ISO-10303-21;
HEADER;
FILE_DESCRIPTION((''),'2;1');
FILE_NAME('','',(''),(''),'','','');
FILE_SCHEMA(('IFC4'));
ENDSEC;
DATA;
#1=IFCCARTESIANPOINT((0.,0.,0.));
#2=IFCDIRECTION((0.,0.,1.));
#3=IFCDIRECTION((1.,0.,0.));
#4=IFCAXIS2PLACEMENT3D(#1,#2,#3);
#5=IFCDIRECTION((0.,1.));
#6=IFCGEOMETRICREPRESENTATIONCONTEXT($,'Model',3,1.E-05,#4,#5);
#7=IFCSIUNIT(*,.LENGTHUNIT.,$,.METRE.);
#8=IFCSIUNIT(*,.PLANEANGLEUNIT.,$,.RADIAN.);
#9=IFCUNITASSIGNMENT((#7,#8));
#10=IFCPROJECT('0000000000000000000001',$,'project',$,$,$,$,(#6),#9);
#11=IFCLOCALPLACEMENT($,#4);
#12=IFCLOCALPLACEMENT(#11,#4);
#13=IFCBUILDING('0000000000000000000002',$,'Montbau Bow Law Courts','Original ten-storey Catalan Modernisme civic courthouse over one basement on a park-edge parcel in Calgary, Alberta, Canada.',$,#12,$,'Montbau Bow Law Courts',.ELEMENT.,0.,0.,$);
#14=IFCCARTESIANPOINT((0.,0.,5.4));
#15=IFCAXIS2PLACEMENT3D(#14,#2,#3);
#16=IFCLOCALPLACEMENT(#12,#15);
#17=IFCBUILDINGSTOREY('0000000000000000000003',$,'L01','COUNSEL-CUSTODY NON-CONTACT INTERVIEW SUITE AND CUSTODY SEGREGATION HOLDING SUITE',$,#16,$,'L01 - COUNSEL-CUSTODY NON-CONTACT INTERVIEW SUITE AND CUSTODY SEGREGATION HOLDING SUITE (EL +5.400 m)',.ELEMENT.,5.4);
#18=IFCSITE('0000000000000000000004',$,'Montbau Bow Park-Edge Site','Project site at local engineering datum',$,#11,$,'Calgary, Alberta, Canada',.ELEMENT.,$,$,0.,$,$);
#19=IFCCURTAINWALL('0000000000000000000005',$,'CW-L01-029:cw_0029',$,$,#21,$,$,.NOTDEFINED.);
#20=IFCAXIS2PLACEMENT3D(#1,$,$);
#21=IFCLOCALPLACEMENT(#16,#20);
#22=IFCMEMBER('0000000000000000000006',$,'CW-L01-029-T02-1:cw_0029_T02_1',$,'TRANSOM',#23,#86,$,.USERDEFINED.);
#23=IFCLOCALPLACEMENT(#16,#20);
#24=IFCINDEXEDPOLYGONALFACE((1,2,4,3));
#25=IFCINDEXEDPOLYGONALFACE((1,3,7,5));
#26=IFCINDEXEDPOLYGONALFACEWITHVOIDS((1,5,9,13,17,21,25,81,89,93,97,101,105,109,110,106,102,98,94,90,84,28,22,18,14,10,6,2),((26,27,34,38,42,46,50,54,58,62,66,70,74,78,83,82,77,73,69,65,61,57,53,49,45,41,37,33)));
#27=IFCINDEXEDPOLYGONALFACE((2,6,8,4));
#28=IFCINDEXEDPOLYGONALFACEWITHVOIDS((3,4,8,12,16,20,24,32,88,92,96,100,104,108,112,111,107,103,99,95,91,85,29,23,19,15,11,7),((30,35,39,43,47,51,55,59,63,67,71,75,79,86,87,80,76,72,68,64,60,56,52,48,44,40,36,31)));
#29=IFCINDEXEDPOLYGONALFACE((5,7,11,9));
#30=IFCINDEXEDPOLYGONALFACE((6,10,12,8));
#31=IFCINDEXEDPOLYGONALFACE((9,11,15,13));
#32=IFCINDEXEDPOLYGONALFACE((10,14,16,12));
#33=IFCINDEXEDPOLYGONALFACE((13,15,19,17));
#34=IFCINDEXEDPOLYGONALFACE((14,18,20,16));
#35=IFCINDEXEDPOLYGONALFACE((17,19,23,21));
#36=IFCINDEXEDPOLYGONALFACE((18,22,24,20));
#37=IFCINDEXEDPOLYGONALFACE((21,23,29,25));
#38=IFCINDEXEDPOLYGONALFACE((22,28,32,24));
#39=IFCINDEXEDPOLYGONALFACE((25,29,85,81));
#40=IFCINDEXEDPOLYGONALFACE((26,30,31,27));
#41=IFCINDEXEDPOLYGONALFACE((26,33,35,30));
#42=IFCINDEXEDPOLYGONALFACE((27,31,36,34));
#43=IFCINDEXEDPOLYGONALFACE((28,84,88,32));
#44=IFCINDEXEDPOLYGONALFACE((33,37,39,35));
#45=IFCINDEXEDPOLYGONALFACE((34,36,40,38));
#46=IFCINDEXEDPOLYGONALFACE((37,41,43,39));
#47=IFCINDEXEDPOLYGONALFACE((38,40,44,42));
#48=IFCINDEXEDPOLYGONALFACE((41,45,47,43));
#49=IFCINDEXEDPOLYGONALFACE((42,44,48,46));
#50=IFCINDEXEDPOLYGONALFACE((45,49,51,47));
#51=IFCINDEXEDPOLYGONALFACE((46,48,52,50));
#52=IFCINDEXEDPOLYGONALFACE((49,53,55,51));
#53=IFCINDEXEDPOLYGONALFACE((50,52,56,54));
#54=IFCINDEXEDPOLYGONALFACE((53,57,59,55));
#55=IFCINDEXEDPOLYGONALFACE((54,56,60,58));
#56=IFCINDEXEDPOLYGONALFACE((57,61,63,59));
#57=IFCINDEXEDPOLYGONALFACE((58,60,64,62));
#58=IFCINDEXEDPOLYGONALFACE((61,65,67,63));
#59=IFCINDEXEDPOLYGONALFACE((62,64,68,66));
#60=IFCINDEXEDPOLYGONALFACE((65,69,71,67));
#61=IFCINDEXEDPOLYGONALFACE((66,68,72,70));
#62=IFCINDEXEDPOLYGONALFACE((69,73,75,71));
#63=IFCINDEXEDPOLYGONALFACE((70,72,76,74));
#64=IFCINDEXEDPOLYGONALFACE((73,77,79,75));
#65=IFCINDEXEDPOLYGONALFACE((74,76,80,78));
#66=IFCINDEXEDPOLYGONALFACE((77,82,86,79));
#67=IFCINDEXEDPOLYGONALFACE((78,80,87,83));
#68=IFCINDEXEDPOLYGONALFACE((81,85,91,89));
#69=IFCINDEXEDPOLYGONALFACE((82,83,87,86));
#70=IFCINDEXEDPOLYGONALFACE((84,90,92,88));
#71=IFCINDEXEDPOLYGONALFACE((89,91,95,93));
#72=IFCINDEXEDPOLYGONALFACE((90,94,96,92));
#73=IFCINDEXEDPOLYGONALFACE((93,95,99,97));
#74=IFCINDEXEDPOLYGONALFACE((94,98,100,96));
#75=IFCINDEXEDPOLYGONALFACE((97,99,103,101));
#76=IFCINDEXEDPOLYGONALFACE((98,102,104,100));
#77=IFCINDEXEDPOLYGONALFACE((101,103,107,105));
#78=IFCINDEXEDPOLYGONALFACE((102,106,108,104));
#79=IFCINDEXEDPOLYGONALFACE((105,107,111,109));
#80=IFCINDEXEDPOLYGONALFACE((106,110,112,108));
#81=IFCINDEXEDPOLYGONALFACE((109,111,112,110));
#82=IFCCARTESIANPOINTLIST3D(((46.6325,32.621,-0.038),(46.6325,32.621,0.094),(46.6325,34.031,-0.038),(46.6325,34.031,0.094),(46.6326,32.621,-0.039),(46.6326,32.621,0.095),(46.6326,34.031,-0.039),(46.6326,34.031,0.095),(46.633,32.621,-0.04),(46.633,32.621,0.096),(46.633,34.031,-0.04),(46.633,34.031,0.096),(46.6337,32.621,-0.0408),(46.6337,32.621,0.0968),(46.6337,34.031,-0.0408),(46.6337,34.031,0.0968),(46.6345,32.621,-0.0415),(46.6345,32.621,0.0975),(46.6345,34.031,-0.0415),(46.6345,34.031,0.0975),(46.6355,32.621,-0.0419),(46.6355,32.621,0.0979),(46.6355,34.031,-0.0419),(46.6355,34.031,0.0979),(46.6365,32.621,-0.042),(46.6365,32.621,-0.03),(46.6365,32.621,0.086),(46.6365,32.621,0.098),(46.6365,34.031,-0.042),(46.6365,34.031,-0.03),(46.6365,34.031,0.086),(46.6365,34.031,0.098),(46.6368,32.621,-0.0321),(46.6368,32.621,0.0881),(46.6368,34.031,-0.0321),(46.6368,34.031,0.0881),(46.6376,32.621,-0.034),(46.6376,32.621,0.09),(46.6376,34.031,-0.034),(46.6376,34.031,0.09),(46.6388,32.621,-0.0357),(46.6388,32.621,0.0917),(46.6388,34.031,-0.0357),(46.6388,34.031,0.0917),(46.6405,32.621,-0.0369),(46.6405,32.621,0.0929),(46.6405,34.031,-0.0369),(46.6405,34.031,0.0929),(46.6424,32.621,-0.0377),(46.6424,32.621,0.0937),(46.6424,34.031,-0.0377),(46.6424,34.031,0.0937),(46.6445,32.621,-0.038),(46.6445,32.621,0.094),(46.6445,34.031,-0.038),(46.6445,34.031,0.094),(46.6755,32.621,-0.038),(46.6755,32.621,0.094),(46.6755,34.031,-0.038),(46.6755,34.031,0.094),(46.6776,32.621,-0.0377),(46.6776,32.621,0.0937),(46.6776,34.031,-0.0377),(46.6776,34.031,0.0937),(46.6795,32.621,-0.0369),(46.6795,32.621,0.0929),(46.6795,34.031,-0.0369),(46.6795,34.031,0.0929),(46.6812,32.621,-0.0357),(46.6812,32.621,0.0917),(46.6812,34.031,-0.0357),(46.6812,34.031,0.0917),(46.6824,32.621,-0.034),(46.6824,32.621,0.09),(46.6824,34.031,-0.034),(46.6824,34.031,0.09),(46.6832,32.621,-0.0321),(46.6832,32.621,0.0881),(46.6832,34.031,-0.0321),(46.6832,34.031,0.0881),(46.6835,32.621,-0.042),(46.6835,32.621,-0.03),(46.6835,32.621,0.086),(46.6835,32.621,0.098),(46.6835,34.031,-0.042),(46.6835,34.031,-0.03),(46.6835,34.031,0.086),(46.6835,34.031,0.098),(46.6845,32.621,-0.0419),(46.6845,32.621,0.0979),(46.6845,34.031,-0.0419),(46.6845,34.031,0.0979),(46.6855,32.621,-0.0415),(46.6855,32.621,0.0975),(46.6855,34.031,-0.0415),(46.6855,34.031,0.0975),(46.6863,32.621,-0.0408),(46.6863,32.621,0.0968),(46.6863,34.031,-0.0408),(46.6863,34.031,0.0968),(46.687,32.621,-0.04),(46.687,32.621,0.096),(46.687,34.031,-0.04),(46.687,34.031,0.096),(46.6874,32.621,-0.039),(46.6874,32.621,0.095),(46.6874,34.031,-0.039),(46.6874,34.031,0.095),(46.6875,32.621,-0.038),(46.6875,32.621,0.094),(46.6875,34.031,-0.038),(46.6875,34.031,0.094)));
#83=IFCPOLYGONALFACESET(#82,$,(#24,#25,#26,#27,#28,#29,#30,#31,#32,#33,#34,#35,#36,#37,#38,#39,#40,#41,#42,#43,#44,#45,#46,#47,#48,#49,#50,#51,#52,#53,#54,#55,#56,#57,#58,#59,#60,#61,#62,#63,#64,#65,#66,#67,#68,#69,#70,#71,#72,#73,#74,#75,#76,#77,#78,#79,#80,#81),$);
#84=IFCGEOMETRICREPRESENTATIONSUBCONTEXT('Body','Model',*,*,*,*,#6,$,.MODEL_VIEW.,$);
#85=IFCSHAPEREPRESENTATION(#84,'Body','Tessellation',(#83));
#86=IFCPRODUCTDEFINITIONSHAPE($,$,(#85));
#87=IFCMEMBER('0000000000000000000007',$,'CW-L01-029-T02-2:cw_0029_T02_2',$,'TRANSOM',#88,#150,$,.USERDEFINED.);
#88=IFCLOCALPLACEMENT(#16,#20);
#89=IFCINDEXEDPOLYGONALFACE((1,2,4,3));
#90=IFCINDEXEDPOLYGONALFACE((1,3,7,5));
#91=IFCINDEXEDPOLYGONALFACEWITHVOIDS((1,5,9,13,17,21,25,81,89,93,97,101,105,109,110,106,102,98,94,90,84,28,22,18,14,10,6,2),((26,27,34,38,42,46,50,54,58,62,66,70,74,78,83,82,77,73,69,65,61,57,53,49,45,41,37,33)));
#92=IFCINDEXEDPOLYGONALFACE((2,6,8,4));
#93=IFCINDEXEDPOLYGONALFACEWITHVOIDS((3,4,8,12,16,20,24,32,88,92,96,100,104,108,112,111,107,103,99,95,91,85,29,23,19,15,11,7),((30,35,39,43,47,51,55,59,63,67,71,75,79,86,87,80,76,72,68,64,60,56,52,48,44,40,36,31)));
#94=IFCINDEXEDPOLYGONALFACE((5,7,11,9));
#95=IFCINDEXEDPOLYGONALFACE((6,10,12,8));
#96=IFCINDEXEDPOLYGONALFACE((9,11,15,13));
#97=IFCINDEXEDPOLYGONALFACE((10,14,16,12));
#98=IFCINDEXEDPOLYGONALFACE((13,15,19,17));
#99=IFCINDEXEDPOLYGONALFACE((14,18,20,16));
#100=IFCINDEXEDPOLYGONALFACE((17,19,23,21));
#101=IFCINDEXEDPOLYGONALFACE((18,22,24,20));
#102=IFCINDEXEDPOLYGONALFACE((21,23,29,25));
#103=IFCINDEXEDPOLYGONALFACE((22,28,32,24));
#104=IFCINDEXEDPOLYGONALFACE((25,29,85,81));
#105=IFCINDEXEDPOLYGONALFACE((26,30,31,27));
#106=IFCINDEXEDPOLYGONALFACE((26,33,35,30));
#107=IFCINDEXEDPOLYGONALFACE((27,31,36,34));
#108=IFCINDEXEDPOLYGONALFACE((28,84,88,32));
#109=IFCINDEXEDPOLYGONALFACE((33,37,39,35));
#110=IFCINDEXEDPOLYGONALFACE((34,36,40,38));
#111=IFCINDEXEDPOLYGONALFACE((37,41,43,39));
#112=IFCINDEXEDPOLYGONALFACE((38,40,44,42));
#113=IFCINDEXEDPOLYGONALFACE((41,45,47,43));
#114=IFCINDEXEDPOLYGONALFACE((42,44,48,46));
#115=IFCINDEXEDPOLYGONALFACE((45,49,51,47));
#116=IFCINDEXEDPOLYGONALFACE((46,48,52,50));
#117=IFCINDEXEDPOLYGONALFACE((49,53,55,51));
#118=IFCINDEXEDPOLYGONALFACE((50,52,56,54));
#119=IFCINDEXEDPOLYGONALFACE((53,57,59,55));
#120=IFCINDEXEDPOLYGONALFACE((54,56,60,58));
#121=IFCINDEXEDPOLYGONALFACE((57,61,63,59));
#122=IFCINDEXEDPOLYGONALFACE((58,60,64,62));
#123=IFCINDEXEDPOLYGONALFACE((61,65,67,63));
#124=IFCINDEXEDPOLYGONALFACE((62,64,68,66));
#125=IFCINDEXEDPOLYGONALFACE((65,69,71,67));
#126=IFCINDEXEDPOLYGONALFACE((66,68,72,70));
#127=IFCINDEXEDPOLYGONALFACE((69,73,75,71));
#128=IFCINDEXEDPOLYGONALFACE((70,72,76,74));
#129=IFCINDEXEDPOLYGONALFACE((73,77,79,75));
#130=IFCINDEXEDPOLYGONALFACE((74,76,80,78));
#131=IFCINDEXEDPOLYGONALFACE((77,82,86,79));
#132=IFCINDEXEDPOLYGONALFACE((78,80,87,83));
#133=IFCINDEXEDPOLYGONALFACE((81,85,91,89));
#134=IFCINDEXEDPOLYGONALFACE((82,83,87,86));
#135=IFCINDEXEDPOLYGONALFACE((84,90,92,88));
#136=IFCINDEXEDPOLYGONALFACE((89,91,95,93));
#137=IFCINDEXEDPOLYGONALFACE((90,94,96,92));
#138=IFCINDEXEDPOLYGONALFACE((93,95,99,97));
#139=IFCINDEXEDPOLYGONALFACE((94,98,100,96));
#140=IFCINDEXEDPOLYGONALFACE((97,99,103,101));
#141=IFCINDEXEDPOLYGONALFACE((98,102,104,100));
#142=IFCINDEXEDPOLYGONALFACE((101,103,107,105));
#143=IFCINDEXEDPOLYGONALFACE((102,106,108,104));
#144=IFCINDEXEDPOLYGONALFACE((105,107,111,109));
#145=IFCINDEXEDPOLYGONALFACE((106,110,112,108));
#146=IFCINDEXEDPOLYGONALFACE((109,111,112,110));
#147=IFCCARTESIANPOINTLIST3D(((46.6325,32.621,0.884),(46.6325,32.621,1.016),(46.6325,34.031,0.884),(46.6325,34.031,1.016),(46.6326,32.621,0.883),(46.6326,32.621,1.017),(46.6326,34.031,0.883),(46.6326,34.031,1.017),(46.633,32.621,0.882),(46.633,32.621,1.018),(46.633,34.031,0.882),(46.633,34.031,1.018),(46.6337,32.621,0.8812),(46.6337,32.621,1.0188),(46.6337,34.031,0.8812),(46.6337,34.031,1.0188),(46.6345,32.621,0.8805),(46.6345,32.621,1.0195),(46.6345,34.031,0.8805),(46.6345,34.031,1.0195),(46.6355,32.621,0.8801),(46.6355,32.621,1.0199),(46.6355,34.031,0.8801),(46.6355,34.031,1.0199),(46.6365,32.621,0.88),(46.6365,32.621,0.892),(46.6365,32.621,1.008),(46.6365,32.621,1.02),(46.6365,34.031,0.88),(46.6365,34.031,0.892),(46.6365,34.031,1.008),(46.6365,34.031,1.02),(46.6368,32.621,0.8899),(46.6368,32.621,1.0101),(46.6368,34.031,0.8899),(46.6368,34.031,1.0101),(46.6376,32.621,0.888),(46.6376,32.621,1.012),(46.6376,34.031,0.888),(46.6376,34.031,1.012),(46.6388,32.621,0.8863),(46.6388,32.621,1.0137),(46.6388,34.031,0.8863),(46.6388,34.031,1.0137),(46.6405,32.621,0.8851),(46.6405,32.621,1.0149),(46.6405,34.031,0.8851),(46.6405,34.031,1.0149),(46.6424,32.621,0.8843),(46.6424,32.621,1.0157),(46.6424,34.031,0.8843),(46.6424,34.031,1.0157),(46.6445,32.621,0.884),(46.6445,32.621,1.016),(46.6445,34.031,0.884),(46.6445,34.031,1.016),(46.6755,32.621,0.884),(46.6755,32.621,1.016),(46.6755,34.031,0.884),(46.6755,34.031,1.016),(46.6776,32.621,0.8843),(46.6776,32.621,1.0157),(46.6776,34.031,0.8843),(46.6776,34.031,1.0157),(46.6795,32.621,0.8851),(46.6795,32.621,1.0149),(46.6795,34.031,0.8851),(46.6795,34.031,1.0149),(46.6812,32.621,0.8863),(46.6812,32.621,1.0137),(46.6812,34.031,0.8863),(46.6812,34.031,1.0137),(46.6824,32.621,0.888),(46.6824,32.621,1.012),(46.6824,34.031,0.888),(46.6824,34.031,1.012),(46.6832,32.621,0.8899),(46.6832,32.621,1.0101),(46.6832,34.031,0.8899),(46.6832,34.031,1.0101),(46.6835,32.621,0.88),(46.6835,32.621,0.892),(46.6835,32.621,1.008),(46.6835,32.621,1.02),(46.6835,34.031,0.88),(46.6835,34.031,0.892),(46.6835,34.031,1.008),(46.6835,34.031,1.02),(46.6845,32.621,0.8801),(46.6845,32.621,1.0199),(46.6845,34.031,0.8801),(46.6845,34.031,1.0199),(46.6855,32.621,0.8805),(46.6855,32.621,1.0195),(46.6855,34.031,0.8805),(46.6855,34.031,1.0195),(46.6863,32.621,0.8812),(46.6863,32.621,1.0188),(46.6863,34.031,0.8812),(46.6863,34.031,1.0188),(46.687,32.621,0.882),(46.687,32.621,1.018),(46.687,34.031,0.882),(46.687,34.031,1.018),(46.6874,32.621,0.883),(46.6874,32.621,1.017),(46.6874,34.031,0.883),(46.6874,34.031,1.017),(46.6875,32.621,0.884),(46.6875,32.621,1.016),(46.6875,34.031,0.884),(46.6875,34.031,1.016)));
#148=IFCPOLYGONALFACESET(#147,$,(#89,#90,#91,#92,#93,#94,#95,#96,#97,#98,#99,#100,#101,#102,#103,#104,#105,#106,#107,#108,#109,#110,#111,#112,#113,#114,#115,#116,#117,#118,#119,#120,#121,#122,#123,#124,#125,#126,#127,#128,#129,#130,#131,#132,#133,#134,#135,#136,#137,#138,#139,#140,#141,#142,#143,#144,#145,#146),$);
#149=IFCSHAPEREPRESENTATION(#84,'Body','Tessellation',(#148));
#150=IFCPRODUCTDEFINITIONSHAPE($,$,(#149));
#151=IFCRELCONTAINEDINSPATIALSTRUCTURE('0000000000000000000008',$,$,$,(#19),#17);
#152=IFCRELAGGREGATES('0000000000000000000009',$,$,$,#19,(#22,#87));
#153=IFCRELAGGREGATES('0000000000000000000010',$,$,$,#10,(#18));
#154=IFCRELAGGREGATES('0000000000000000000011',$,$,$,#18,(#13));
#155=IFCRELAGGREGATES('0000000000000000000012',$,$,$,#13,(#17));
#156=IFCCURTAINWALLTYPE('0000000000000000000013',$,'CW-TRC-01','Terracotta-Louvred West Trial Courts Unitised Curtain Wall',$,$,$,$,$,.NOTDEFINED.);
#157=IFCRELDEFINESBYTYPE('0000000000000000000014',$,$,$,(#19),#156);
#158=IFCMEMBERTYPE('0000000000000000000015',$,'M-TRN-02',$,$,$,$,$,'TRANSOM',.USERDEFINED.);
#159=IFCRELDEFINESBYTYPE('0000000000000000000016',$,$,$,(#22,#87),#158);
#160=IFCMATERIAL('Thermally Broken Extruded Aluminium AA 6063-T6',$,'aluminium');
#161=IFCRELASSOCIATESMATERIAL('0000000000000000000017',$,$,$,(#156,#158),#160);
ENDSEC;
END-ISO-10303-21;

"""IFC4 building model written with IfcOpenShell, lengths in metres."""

from ifc_helpers import new_model, si_unit, direction, frame, origin_with_axes, origin_2d_with_axis, place, context, subcontext, project, spatial, hollow_rectangle, extrude, material, material_profile, profile_set, type_object, element, aggregate, save


model = new_model("IFC4")

# Units and contexts
model_context = context("Model", 3, precision=1e-05, world=origin_with_axes(), true_north=direction((0.0, 1.0)))
body_context = subcontext(model_context, "Body", "Model", "MODEL_VIEW")
ifc_project = project(units=[si_unit("LENGTHUNIT", "METRE"), si_unit("PLANEANGLEUNIT", "RADIAN")], contexts=[model_context])

# Site, building, storey
site_placement = place(None, origin_with_axes())
site = spatial("IfcSite", under=ifc_project, at=site_placement, Name="Montbau Bow Park-Edge Site", Description="Project site at local engineering datum", LongName="Calgary, Alberta, Canada", CompositionType="ELEMENT", RefElevation=0.0)
building_placement = place(site_placement, origin_with_axes())
building = spatial("IfcBuilding", under=site, at=building_placement, Name="Montbau Bow Law Courts", Description="Original ten-storey Catalan Modernisme civic courthouse over one basement on a park-edge parcel in Calgary, Alberta, Canada.", LongName="Montbau Bow Law Courts", CompositionType="ELEMENT", ElevationOfRefHeight=0.0, ElevationOfTerrain=0.0)
storey_placement = place(building_placement, frame((0.0, 0.0, 5.4), z_axis=(0.0, 0.0, 1.0), x_axis=(1.0, 0.0, 0.0)))
storey = spatial("IfcBuildingStorey", under=building, at=storey_placement, Name="L01", Description="COUNSEL-CUSTODY NON-CONTACT INTERVIEW SUITE AND CUSTODY SEGREGATION HOLDING SUITE", LongName="L01 - COUNSEL-CUSTODY NON-CONTACT INTERVIEW SUITE AND CUSTODY SEGREGATION HOLDING SUITE (EL +5.400 m)", CompositionType="ELEMENT", Elevation=5.4)

# Curtain wall, members
ifc_material_1 = material(Name="Thermally Broken Extruded Aluminium AA 6063-T6", Category="aluminium")
curtain_wall_type = type_object("IfcCurtainWallType", Name="CW-TRC-01", Description="Terracotta-Louvred West Trial Courts Unitised Curtain Wall", PredefinedType="NOTDEFINED", material=ifc_material_1)
curtain_wall_placement = place(None, frame((46.66, 31.115, 5.4), z_axis=(0.0, 0.0, 1.0), x_axis=(1.0, 0.0, 0.0)))
curtain_wall = element("IfcCurtainWall", 1, at=curtain_wall_placement, inside=storey, type_object=curtain_wall_type, Name="CW-L01-029:cw_0029", PredefinedType="NOTDEFINED")
ifc_material_profile = material_profile(ifc_material_1, hollow_rectangle(XDim=0.055, YDim=0.14, WallThickness=0.004, InnerFilletRadius=0.008, OuterFilletRadius=0.004, at=origin_2d_with_axis()), Name="CWT-140X55", Category="Main", Priority=0)
ifc_profile_set = profile_set([ifc_material_profile], Name="Thermally Broken Extruded Aluminium AA 6063-T6")
member_type = type_object("IfcMemberType", Name="M-TRN-02", ElementType="TRANSOM", PredefinedType="USERDEFINED", material=ifc_profile_set)
member_1_placement = place(None, frame((46.66, 32.621, 5.428), z_axis=(0.0, 1.0, 0.0), x_axis=(-1.0, 0.0, 0.0)))
member_1 = element("IfcMember", 2, at=member_1_placement, type_object=member_type, Name="CW-L01-029-T02-1:cw_0029_T02_1", ObjectType="TRANSOM", PredefinedType="USERDEFINED", context=body_context, shape_type="SweptSolid", body=[
    extrude(hollow_rectangle(XDim=0.055, YDim=0.14, WallThickness=0.004, InnerFilletRadius=0.008, OuterFilletRadius=0.004, at=origin_2d_with_axis()), origin_with_axes(), (0.0, 0.0, 1.0), 1.41),
])
member_2_placement = place(None, frame((46.66, 32.621, 6.35), z_axis=(0.0, 1.0, 0.0), x_axis=(-1.0, 0.0, 0.0)))
member_2 = element("IfcMember", 3, at=member_2_placement, type_object=member_type, Name="CW-L01-029-T02-2:cw_0029_T02_2", ObjectType="TRANSOM", PredefinedType="USERDEFINED", context=body_context, shape_type="SweptSolid", body=[
    extrude(hollow_rectangle(XDim=0.055, YDim=0.14, WallThickness=0.004, InnerFilletRadius=0.008, OuterFilletRadius=0.004, at=origin_2d_with_axis()), origin_with_axes(), (0.0, 0.0, 1.0), 1.41),
])
aggregate(curtain_wall, [member_1, member_2])

save(model, "model.ifc")
